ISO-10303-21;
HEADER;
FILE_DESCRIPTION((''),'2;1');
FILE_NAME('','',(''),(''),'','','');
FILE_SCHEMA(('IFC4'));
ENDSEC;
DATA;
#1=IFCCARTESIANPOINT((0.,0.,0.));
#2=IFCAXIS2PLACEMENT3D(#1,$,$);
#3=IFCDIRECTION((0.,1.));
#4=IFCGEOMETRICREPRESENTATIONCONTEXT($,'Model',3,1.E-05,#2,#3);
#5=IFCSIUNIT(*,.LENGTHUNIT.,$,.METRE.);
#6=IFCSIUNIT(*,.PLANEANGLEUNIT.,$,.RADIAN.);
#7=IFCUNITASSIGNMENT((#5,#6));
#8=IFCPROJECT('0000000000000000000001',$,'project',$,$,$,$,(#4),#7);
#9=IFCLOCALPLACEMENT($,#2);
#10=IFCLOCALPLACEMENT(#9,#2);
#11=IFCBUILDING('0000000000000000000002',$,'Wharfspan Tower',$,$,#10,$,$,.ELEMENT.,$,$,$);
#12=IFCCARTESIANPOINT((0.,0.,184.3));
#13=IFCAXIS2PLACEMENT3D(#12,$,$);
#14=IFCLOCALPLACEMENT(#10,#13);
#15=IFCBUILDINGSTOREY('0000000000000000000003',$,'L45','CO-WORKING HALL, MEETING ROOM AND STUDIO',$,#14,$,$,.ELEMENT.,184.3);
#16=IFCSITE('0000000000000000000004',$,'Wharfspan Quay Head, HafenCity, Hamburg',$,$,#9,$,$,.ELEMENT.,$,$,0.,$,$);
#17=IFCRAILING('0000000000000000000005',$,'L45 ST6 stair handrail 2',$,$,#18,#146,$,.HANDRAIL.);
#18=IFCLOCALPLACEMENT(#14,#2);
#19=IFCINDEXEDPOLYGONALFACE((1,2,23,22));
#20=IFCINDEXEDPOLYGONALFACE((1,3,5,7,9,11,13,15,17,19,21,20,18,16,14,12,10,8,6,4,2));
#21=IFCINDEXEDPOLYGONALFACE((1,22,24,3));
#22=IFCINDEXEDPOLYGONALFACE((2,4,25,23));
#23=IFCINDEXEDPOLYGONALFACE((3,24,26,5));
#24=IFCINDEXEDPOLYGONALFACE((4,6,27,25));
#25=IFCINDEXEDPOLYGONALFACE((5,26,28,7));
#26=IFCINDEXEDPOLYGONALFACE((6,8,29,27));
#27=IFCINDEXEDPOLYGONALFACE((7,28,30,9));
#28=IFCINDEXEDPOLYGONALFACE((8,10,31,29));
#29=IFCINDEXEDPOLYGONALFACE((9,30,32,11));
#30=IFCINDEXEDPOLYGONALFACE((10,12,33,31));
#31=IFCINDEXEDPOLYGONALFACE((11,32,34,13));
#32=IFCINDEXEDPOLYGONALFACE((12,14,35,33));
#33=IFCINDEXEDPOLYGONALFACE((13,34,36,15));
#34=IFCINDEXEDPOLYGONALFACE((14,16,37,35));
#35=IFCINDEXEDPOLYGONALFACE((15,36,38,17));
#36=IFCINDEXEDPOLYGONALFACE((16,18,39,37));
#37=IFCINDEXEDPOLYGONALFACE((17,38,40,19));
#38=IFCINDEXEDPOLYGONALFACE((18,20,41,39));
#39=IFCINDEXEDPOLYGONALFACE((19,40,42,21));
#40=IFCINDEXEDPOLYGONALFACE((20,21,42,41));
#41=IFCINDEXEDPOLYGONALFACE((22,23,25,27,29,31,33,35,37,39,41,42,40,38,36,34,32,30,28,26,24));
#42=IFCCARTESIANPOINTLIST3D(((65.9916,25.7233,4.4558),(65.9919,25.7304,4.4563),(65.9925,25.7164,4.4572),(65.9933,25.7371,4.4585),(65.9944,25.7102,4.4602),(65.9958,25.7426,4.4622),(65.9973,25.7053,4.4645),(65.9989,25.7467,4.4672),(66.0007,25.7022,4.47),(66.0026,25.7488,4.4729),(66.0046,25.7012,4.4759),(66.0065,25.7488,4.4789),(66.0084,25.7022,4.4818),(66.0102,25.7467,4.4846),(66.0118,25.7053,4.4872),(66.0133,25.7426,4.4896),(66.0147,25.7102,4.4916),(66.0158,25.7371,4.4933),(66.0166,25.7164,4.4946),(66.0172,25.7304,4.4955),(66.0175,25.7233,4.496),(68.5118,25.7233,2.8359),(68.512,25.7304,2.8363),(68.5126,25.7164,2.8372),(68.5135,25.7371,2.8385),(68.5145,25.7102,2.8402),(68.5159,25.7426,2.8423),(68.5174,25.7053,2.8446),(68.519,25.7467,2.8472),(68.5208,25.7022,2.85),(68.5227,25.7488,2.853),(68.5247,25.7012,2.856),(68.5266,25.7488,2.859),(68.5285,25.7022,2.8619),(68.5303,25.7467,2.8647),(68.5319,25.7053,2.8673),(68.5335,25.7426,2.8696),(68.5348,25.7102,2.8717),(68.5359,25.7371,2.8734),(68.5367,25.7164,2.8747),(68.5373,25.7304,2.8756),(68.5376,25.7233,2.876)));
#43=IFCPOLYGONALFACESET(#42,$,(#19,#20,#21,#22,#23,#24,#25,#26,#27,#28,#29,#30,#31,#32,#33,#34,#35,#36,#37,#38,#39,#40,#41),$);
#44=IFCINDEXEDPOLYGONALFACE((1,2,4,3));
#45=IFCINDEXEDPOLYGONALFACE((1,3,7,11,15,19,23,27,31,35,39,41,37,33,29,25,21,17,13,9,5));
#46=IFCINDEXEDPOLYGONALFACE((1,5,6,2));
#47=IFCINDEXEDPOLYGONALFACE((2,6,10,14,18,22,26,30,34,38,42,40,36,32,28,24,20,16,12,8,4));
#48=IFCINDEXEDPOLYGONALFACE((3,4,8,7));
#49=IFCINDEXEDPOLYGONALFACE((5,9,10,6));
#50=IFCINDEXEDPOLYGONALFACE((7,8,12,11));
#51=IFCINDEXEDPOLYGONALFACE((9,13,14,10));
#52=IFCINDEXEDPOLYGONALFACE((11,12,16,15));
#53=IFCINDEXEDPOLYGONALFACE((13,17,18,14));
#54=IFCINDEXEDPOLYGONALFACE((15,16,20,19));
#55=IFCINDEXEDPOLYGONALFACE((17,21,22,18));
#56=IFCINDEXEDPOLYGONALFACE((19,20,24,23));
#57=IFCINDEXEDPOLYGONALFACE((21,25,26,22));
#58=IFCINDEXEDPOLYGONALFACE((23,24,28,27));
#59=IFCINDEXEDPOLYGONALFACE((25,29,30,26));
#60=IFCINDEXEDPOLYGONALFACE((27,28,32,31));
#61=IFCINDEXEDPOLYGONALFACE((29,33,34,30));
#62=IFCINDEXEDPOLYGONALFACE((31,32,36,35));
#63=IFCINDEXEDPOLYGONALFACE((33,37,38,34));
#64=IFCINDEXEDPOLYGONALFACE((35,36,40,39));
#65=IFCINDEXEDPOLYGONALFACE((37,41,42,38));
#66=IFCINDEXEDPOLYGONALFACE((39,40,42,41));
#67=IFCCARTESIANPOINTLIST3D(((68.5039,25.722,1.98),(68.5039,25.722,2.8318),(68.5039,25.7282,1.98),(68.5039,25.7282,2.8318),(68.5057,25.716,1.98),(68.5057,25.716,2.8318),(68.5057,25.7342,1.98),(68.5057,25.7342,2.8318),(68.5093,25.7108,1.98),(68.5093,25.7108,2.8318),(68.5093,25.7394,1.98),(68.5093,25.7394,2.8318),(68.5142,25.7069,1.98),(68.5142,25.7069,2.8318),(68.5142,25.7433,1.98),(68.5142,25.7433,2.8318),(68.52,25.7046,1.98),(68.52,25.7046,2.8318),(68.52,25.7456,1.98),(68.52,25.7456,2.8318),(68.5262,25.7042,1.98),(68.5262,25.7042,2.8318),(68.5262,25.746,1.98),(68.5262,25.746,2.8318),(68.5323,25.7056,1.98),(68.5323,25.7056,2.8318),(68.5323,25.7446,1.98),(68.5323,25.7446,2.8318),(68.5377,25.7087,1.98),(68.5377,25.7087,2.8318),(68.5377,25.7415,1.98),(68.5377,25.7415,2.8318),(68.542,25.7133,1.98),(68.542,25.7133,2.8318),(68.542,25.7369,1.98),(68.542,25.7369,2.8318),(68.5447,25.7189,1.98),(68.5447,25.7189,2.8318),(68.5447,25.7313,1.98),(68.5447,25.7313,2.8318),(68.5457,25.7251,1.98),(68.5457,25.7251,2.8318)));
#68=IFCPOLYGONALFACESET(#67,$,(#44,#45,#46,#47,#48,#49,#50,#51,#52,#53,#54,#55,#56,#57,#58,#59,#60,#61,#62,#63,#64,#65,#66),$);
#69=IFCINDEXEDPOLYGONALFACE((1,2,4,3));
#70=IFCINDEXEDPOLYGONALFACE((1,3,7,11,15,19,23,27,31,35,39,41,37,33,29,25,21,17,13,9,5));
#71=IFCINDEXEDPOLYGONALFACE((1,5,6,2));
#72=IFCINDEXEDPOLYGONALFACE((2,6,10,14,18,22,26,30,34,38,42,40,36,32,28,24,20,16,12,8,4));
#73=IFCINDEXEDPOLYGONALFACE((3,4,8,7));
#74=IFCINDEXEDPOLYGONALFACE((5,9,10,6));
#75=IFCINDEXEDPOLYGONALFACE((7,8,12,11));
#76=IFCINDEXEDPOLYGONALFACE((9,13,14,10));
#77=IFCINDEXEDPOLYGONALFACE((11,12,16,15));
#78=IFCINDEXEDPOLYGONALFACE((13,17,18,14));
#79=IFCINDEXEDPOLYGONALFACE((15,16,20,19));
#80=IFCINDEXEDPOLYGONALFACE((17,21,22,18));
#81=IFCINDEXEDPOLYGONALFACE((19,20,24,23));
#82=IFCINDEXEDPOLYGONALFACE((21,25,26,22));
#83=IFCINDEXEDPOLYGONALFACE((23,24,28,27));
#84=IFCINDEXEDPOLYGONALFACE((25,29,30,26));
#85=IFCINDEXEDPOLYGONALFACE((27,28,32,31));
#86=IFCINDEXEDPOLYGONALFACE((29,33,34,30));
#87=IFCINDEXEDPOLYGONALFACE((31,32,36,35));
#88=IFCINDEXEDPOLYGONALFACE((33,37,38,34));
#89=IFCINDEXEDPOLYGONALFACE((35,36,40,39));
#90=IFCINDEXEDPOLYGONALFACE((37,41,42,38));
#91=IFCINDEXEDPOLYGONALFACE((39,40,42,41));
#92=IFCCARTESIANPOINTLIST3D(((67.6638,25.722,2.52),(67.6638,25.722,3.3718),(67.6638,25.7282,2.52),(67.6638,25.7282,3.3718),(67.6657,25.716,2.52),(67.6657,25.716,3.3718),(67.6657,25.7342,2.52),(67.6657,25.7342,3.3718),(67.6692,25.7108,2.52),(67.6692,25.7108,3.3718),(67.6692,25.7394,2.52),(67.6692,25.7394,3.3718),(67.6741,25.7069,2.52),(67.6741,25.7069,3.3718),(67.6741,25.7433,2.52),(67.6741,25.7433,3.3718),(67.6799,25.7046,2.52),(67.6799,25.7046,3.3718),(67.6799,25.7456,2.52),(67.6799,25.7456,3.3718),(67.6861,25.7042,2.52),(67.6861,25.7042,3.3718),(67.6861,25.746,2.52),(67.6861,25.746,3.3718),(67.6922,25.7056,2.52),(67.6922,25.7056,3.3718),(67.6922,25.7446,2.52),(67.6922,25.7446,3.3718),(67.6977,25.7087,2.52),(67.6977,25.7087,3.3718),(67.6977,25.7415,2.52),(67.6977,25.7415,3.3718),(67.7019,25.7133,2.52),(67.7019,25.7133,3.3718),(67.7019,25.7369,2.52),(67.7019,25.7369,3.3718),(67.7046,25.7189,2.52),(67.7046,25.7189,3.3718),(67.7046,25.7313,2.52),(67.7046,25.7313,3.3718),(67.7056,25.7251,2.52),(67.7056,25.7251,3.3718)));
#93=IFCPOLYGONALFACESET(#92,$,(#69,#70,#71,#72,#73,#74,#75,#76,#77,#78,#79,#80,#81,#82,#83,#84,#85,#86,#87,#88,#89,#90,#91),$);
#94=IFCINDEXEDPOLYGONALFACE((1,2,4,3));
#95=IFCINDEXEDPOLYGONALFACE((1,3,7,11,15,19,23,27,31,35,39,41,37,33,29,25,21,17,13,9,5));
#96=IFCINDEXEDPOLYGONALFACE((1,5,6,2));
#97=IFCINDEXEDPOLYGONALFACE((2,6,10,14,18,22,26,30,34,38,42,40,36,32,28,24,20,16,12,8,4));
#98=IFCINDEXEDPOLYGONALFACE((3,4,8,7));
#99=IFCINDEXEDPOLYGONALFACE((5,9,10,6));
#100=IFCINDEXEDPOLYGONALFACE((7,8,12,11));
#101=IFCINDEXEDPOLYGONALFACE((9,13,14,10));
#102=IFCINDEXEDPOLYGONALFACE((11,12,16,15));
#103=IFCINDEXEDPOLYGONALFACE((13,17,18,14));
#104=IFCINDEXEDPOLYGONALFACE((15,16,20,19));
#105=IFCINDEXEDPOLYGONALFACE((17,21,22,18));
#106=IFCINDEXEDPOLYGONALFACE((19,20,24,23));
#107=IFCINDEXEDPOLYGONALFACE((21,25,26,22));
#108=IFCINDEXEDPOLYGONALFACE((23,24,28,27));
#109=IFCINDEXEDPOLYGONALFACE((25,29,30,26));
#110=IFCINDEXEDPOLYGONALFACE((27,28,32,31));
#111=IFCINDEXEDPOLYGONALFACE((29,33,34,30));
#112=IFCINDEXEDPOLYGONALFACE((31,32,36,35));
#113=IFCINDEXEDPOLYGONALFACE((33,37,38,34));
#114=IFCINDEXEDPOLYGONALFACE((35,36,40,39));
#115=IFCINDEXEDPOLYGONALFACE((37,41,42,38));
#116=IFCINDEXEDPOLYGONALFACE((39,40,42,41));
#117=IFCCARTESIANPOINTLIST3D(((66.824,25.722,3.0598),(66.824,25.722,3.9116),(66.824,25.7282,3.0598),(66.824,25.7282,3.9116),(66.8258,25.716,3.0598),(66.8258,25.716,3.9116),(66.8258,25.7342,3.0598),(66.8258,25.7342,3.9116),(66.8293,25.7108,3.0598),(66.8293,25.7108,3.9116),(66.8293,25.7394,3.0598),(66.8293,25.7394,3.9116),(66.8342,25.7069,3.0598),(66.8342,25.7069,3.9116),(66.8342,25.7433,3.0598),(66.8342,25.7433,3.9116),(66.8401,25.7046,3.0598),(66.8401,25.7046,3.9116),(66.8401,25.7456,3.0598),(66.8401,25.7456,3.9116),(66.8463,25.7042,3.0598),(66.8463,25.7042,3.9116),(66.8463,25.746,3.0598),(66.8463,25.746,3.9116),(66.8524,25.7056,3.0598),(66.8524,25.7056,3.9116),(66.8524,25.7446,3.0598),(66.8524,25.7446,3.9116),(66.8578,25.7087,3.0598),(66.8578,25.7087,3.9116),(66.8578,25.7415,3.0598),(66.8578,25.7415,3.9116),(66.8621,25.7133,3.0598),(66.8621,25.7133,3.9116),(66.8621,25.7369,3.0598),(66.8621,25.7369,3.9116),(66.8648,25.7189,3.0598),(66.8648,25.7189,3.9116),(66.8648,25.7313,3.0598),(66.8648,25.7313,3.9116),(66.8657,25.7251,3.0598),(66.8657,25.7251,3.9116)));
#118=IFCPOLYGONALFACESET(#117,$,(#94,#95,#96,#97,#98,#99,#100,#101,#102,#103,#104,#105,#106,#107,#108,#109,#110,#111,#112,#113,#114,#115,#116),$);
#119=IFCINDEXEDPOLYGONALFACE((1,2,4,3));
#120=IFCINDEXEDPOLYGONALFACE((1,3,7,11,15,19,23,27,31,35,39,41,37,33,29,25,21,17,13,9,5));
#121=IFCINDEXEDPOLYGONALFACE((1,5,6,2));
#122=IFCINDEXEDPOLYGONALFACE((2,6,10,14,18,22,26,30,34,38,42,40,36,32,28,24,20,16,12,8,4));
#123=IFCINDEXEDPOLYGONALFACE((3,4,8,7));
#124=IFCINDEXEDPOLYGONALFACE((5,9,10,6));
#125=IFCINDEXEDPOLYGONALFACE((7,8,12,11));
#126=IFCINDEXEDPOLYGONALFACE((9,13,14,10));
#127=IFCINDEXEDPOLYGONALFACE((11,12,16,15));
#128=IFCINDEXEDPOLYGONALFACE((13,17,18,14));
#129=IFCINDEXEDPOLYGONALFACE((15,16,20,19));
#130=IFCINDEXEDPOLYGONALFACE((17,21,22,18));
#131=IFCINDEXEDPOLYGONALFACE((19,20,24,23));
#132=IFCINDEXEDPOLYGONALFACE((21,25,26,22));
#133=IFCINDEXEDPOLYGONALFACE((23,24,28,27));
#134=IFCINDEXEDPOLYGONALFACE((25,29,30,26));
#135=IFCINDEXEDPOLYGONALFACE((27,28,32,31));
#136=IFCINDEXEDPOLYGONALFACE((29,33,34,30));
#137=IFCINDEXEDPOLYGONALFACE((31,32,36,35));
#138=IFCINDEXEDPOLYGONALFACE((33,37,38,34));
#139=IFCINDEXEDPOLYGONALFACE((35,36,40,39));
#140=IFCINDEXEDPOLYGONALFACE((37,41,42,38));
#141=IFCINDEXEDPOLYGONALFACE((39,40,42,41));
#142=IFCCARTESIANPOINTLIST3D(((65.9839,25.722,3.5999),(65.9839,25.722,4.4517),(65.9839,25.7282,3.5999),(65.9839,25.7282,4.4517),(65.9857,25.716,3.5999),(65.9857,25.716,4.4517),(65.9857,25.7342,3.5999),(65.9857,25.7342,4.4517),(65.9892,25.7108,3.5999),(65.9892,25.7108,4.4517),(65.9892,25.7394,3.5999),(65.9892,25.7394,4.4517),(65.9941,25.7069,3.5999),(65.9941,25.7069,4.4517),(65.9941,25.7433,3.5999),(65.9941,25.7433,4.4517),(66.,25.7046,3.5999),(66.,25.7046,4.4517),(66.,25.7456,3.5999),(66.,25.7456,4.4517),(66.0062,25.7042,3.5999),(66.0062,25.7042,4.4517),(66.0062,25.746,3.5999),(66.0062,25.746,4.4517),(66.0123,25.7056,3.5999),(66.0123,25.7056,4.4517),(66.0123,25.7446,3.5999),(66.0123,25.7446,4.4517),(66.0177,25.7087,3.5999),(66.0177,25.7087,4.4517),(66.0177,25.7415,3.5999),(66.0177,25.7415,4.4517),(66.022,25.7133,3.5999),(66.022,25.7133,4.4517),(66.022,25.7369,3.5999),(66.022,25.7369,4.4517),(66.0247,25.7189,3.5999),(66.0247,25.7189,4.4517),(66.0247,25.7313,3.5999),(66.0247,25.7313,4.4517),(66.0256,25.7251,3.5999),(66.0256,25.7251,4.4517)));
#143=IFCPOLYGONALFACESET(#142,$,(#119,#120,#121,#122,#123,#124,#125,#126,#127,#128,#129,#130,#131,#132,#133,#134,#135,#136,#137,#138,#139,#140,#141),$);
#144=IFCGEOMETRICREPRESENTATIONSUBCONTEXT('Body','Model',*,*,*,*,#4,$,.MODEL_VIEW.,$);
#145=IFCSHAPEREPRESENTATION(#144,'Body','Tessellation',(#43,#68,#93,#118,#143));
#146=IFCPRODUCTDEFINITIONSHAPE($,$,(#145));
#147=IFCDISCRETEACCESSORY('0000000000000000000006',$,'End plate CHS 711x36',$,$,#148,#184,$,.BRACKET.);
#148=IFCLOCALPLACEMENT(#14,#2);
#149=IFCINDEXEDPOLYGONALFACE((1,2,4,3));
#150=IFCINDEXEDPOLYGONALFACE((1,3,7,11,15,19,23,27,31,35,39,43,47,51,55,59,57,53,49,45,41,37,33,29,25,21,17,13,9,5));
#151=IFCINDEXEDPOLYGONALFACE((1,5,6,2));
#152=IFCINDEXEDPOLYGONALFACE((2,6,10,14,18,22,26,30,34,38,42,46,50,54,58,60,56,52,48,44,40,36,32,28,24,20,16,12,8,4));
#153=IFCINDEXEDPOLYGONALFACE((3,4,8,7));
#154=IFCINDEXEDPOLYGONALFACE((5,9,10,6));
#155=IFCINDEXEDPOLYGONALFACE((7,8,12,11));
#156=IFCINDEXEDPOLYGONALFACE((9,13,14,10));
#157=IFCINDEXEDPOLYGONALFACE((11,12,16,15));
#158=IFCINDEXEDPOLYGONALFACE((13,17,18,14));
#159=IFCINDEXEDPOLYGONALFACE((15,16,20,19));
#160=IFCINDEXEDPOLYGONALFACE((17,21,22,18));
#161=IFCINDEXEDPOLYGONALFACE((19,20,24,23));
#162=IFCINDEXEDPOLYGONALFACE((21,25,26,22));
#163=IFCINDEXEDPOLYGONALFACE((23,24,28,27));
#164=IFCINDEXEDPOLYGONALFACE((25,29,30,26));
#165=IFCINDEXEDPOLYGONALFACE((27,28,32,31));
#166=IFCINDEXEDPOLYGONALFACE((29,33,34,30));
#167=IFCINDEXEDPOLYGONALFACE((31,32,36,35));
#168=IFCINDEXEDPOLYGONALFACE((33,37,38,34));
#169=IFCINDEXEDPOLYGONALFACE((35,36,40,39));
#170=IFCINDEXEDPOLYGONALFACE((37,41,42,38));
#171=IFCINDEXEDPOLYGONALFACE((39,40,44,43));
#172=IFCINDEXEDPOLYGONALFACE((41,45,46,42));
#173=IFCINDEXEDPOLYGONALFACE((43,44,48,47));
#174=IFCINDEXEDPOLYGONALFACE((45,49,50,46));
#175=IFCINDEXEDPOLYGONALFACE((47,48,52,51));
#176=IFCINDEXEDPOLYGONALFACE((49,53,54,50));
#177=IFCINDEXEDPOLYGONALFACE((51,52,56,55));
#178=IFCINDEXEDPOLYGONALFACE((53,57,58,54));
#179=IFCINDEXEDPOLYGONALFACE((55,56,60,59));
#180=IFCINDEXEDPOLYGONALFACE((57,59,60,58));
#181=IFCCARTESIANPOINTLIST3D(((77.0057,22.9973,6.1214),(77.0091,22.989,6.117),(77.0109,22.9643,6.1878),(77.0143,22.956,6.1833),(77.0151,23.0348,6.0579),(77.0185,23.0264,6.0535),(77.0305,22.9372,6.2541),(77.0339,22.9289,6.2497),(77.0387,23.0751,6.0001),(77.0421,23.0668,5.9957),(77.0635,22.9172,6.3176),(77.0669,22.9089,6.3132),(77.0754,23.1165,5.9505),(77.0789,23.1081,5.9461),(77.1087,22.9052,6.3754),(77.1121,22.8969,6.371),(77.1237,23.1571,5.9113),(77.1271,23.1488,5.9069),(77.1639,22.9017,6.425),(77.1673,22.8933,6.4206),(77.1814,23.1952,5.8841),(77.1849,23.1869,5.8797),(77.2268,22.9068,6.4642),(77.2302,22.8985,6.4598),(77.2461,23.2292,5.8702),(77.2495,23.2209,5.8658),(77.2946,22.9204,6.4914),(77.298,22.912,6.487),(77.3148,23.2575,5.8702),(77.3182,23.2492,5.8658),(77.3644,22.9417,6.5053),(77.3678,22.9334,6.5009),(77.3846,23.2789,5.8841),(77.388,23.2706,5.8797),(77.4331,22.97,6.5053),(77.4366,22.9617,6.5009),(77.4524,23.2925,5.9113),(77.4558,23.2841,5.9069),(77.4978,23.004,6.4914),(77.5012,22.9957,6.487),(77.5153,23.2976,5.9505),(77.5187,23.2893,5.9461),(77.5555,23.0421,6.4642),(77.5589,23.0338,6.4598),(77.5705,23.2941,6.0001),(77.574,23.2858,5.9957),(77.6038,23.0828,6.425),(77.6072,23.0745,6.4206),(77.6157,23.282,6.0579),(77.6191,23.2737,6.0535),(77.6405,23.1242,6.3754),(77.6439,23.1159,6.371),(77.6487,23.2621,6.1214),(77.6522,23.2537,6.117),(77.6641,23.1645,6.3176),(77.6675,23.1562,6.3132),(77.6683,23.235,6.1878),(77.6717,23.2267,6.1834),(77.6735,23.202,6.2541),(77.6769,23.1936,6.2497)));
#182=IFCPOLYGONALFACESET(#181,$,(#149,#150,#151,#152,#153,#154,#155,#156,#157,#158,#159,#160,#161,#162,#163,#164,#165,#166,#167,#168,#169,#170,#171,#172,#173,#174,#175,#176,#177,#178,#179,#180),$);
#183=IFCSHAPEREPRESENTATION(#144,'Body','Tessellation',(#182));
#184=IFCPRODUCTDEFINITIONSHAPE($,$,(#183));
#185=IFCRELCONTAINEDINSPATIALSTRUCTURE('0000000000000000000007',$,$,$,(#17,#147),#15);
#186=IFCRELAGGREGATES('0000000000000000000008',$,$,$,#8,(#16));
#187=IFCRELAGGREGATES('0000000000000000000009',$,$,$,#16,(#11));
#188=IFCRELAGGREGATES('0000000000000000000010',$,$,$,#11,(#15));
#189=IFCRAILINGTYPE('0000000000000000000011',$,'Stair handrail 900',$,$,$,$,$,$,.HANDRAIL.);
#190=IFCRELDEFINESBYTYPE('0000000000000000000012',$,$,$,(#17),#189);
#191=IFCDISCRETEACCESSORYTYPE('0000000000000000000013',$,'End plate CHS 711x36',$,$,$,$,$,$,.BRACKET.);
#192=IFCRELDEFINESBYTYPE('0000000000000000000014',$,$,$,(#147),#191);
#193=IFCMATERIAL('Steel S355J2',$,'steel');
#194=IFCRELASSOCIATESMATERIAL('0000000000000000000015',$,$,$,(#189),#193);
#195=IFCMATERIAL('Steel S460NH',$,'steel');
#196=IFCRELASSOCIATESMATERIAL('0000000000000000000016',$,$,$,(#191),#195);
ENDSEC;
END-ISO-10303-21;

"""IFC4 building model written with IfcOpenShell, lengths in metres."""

from ifc_helpers import new_model, si_unit, direction, frame, origin, origin_2d, place, context, subcontext, project, spatial, circle, extrude, material, material_profile, profile_set, type_object, element, save


model = new_model("IFC4")

# Units and contexts
model_context = context("Model", 3, precision=1e-05, world=origin(), true_north=direction((0.0, 1.0)))
body_context = subcontext(model_context, "Body", "Model", "MODEL_VIEW")
ifc_project = project(units=[si_unit("LENGTHUNIT", "METRE"), si_unit("PLANEANGLEUNIT", "RADIAN")], contexts=[model_context])

# Site, building, storey
site_placement = place(None, origin())
site = spatial("IfcSite", under=ifc_project, at=site_placement, Name="Wharfspan Quay Head, HafenCity, Hamburg", CompositionType="ELEMENT", RefElevation=0.0)
building_placement = place(site_placement, origin())
building = spatial("IfcBuilding", under=site, at=building_placement, Name="Wharfspan Tower", CompositionType="ELEMENT")
storey_placement = place(building_placement, frame((0.0, 0.0, 184.3)))
storey = spatial("IfcBuildingStorey", under=building, at=storey_placement, Name="L45", Description="CO-WORKING HALL, MEETING ROOM AND STUDIO", CompositionType="ELEMENT", Elevation=184.3)

# Shared definitions
ifc_material_1 = material(Name="Steel S355J2", Category="steel")

# Shared definitions
ifc_material_2 = material(Name="Steel S460NH", Category="steel")

# Railing
railing_type_1 = type_object("IfcRailingType", Name="Stair handrail 900", PredefinedType="HANDRAIL", material=ifc_material_1)
railing_1_placement = place(storey_placement, frame((68.5247, 25.7251, 1.98)))
element("IfcRailing", 1, at=railing_1_placement, inside=storey, type_object=railing_type_1, Name="L45 ST6 stair handrail 2", PredefinedType="HANDRAIL", context=body_context, shape_type="SweptSolid", body=[
    extrude(circle(Radius=0.0239, at=origin_2d()), frame((0.0, 0.0, 0.876), z_axis=(-0.8412, 0.0, 0.540725), x_axis=(0.0, -1.0, 0.0)), (0.0, 0.0, 1.0), 2.9958),
    extrude(circle(Radius=0.021, at=origin_2d()), origin(), (0.0, 0.0, 1.0), 0.8518),
    extrude(circle(Radius=0.021, at=origin_2d()), frame((-0.8401, 0.0, 0.54)), (0.0, 0.0, 1.0), 0.8518),
    extrude(circle(Radius=0.021, at=origin_2d()), frame((-1.6799, 0.0, 1.0798)), (0.0, 0.0, 1.0), 0.8518),
    extrude(circle(Radius=0.021, at=origin_2d()), frame((-2.52, 0.0, 1.6199)), (0.0, 0.0, 1.0), 0.8518),
])

# Discrete accessory
ifc_material_profile_1 = material_profile(ifc_material_2, circle(Radius=0.3555, at=origin_2d()))
ifc_profile_set_1 = profile_set([ifc_material_profile_1], Name="Steel S460NH")
discrete_accessory_type = type_object("IfcDiscreteAccessoryType", Name="End plate CHS 711x36", PredefinedType="BRACKET", material=ifc_profile_set_1)
for number, where, z_axis, x_axis, name in (
    (2, (77.343, 23.0913, 6.1833), (-0.341972, 0.830504, 0.439679), (-0.924678, -0.380749, -0.000001), "End plate CHS 711x36"),
):
    element("IfcDiscreteAccessory", number, at=place(storey_placement, frame(where, z_axis=z_axis, x_axis=x_axis)), inside=storey, type_object=discrete_accessory_type, Name=name, PredefinedType="BRACKET", context=body_context, shape_type="SweptSolid", body=[
        extrude(circle(Radius=0.3555, at=origin_2d()), origin(), (0.0, 0.0, 1.0), 0.01),
    ])

save(model, "model.ifc")
